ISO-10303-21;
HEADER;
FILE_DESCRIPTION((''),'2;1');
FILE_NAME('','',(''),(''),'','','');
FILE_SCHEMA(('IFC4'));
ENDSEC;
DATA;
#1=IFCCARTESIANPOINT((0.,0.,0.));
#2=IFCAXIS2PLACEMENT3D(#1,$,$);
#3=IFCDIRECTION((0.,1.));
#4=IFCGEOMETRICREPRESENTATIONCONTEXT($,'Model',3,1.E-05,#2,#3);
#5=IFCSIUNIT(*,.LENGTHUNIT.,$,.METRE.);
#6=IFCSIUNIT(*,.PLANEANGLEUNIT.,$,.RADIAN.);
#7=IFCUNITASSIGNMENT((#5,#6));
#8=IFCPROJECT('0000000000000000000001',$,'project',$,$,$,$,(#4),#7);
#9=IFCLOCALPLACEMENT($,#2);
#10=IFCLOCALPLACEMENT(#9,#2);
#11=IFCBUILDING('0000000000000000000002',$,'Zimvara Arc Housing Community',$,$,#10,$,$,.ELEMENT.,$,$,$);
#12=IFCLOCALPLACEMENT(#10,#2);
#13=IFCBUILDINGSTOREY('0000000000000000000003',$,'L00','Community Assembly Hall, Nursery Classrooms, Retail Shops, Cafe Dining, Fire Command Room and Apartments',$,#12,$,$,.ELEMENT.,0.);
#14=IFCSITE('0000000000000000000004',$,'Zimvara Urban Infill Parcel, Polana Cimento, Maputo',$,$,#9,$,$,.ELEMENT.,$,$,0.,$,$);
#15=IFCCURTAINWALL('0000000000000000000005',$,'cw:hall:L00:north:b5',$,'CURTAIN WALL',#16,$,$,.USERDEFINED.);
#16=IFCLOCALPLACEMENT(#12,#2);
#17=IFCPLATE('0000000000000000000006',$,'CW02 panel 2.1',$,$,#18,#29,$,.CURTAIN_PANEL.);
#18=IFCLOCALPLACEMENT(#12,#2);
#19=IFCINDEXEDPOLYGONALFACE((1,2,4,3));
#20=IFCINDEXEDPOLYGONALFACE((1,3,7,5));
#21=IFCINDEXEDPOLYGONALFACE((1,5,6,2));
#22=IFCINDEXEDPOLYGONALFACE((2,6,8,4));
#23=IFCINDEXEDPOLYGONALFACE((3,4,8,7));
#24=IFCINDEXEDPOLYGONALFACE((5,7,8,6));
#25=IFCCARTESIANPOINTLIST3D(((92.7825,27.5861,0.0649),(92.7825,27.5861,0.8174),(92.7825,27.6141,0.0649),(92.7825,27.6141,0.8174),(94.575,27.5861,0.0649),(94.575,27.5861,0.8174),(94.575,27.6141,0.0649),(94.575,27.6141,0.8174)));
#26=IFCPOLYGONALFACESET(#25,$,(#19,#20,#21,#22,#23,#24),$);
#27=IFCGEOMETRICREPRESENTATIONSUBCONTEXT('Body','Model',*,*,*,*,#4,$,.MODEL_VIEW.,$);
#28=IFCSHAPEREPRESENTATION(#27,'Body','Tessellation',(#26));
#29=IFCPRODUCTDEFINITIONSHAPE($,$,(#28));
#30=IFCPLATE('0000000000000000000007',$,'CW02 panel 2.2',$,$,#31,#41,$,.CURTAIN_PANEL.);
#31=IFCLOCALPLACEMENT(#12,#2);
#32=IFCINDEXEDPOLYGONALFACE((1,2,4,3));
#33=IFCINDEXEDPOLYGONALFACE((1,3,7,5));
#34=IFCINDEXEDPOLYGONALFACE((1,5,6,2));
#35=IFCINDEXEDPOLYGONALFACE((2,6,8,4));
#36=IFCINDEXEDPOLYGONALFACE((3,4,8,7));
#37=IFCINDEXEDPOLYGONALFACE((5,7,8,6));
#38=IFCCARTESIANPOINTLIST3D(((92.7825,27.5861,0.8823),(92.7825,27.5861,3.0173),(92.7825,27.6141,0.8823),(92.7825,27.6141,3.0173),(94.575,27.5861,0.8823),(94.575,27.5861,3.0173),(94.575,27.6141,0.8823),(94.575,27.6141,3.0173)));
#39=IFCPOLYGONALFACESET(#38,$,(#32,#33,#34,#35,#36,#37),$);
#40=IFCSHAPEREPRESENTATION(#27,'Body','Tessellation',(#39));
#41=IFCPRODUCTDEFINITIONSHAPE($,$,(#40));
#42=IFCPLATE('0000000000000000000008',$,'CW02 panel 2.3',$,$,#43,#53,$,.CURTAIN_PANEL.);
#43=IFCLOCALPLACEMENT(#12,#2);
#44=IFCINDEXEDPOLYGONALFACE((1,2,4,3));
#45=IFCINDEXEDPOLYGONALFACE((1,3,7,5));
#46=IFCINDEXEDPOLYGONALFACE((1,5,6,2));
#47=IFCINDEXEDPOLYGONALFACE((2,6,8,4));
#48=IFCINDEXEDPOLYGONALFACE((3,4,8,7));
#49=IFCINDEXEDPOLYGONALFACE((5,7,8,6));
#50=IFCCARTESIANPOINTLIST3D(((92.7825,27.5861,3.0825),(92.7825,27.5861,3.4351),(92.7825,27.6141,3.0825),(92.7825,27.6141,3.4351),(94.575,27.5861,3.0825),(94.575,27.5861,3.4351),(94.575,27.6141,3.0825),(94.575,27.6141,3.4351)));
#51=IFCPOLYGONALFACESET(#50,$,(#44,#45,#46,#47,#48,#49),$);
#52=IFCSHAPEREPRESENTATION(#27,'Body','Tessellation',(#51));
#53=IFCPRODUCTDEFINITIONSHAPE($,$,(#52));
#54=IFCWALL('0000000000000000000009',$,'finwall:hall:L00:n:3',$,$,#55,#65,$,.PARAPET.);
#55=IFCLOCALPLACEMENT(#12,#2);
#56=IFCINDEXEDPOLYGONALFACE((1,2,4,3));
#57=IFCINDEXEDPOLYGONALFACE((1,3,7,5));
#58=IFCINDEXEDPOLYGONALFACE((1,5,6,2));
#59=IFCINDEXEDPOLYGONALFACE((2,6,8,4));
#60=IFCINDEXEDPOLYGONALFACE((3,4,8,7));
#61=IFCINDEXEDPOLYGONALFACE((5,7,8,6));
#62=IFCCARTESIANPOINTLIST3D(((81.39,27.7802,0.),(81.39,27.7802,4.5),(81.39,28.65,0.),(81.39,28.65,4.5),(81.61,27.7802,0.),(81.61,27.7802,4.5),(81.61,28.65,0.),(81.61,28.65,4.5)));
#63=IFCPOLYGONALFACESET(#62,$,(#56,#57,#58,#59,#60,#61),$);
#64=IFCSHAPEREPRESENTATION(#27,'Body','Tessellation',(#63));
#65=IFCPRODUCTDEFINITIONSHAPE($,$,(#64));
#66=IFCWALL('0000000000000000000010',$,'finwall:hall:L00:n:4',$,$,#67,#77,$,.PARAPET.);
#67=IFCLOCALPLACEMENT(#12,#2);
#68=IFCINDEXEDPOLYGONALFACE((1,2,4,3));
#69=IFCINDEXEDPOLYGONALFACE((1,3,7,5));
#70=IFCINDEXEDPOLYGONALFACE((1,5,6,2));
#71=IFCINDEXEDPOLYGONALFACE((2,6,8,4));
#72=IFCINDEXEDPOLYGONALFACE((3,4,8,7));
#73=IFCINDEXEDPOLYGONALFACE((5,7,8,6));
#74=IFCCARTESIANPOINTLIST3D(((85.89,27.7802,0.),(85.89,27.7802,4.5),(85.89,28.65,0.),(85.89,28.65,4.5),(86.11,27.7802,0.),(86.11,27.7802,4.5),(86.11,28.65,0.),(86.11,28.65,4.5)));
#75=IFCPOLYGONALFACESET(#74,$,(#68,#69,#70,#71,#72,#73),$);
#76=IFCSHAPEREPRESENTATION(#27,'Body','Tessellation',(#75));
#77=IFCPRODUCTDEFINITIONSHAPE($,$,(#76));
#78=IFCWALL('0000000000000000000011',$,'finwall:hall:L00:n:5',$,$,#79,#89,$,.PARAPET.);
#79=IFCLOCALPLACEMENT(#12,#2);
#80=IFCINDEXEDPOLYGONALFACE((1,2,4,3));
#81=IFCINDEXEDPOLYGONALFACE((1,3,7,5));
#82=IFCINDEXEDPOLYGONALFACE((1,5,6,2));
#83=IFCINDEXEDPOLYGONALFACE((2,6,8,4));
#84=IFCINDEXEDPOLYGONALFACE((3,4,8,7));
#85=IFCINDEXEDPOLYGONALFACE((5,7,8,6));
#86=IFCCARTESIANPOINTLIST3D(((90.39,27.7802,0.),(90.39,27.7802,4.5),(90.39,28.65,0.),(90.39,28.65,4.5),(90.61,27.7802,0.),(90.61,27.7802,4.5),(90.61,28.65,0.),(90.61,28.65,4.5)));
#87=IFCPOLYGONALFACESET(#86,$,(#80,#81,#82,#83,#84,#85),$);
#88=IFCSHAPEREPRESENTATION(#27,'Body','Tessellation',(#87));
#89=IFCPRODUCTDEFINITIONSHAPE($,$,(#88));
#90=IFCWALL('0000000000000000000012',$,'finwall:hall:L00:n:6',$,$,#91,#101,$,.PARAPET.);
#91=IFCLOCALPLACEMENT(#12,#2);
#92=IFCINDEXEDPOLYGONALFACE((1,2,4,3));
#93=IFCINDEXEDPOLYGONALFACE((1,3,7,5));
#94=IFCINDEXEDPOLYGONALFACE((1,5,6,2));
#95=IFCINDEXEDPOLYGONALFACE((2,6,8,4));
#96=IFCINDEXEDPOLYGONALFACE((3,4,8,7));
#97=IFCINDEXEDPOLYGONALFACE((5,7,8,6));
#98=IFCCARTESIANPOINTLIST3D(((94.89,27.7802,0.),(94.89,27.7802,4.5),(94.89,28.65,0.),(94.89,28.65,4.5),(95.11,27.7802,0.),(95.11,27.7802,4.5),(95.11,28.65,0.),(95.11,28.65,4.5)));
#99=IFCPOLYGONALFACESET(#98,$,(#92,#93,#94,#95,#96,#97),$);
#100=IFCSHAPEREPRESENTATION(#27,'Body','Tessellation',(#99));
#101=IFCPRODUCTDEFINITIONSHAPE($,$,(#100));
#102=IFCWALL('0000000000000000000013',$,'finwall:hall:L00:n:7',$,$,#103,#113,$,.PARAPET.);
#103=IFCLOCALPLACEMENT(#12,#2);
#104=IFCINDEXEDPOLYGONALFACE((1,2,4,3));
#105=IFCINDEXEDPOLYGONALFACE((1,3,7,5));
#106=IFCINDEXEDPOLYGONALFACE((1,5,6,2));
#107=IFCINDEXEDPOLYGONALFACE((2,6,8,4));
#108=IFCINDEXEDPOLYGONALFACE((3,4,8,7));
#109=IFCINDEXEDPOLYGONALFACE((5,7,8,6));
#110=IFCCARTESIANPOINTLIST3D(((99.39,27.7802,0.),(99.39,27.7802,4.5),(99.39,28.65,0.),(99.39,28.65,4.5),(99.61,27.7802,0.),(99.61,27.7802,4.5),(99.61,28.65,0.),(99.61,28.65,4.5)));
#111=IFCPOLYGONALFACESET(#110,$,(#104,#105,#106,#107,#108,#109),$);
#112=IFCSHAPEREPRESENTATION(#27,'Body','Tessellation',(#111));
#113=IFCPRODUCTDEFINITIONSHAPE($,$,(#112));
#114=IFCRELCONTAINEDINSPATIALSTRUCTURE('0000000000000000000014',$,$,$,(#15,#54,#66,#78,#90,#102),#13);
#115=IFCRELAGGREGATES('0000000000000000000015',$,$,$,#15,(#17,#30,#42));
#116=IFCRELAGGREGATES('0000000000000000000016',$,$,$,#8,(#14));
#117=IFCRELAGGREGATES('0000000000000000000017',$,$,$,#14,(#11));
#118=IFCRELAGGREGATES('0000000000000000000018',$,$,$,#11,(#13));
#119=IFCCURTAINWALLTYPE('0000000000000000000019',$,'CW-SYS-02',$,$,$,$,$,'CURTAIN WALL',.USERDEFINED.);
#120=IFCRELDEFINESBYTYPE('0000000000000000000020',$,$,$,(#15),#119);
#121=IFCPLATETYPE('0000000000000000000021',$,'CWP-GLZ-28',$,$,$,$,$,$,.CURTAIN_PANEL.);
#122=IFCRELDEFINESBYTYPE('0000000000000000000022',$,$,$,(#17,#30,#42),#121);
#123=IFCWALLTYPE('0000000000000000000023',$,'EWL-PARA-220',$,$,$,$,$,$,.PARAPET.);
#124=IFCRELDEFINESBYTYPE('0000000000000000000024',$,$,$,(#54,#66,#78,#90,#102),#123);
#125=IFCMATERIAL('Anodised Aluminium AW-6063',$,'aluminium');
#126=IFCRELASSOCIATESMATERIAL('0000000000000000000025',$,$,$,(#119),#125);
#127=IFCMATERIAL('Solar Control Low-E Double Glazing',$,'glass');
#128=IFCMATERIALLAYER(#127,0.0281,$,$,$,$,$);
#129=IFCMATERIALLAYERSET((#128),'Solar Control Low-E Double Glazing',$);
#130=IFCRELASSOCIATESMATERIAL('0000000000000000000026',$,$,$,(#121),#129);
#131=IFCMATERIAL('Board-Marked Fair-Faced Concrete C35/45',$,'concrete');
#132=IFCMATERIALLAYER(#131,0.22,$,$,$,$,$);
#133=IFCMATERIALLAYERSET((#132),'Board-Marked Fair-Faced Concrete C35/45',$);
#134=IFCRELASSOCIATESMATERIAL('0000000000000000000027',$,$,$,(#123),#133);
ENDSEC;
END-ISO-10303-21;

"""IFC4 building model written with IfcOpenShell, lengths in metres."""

from ifc_helpers import new_model, si_unit, direction, frame, frame_2d, origin, origin_2d, place, context, subcontext, project, spatial, rectangle, extrude, material, layer, layer_set, type_object, element, aggregate, save


model = new_model("IFC4")

# Units and contexts
model_context = context("Model", 3, precision=1e-05, world=origin(), true_north=direction((0.0, 1.0)))
body_context = subcontext(model_context, "Body", "Model", "MODEL_VIEW")
ifc_project = project(units=[si_unit("LENGTHUNIT", "METRE"), si_unit("PLANEANGLEUNIT", "RADIAN")], contexts=[model_context])

# Site, building, storey
site_placement = place(None, origin())
site = spatial("IfcSite", under=ifc_project, at=site_placement, Name="Zimvara Urban Infill Parcel, Polana Cimento, Maputo", CompositionType="ELEMENT", RefElevation=0.0)
building_placement = place(site_placement, origin())
building = spatial("IfcBuilding", under=site, at=building_placement, Name="Zimvara Arc Housing Community", CompositionType="ELEMENT")
storey_placement = place(building_placement, origin())
storey = spatial("IfcBuildingStorey", under=building, at=storey_placement, Name="L00", Description="Community Assembly Hall, Nursery Classrooms, Retail Shops, Cafe Dining, Fire Command Room and Apartments", CompositionType="ELEMENT", Elevation=0.0)

# Curtain wall, plates
ifc_material_1 = material(Name="Anodised Aluminium AW-6063", Category="aluminium")
curtain_wall_type = type_object("IfcCurtainWallType", Name="CW-SYS-02", ElementType="CURTAIN WALL", PredefinedType="USERDEFINED", material=ifc_material_1)
curtain_wall_placement = place(storey_placement, origin())
curtain_wall = element("IfcCurtainWall", 1, at=curtain_wall_placement, inside=storey, type_object=curtain_wall_type, Name="cw:hall:L00:north:b5", ObjectType="CURTAIN WALL", PredefinedType="USERDEFINED")
ifc_material_2 = material(Name="Solar Control Low-E Double Glazing", Category="glass")
ifc_layer_1 = layer(ifc_material_2, 0.0281)
ifc_layer_set_1 = layer_set([ifc_layer_1], Name="Solar Control Low-E Double Glazing")
plate_type = type_object("IfcPlateType", Name="CWP-GLZ-28", PredefinedType="CURTAIN_PANEL", material=ifc_layer_set_1)
plate_1_placement = place(storey_placement, frame((93.6787, 27.6001, 0.0649), z_axis=(0.0, 0.0, 1.0), x_axis=(1.0, 0.0, 0.0)))
plate_1 = element("IfcPlate", 2, at=plate_1_placement, type_object=plate_type, Name="CW02 panel 2.1", PredefinedType="CURTAIN_PANEL", context=body_context, shape_type="SweptSolid", body=[
    extrude(rectangle(XDim=1.7925, YDim=0.0281, at=origin_2d()), origin(), (0.0, 0.0, 1.0), 0.7524),
])
plate_2_placement = place(storey_placement, frame((93.6787, 27.6001, 0.8823), z_axis=(0.0, 0.0, 1.0), x_axis=(1.0, 0.0, 0.0)))
plate_2 = element("IfcPlate", 3, at=plate_2_placement, type_object=plate_type, Name="CW02 panel 2.2", PredefinedType="CURTAIN_PANEL", context=body_context, shape_type="SweptSolid", body=[
    extrude(rectangle(XDim=1.7925, YDim=0.0281, at=origin_2d()), origin(), (0.0, 0.0, 1.0), 2.135),
])
plate_3_placement = place(storey_placement, frame((93.6787, 27.6001, 3.0825), z_axis=(0.0, 0.0, 1.0), x_axis=(1.0, 0.0, 0.0)))
plate_3 = element("IfcPlate", 4, at=plate_3_placement, type_object=plate_type, Name="CW02 panel 2.3", PredefinedType="CURTAIN_PANEL", context=body_context, shape_type="SweptSolid", body=[
    extrude(rectangle(XDim=1.7925, YDim=0.0281, at=origin_2d()), origin(), (0.0, 0.0, 1.0), 0.3525),
])
aggregate(curtain_wall, [plate_1, plate_2, plate_3])

# Walls
ifc_material_3 = material(Name="Board-Marked Fair-Faced Concrete C35/45", Category="concrete")
ifc_layer_2 = layer(ifc_material_3, 0.22)
ifc_layer_set_2 = layer_set([ifc_layer_2], Name="Board-Marked Fair-Faced Concrete C35/45")
wall_type_1 = type_object("IfcWallType", Name="EWL-PARA-220", PredefinedType="PARAPET", material=ifc_layer_set_2)
for number, where, z_axis, x_axis, name in (
    (5, (81.5, 27.78, 0.0), (0.0, 0.0, 1.0), (0.0, 1.0, 0.0), "finwall:hall:L00:n:3"),
    (6, (86.0, 27.78, 0.0), (0.0, 0.0, 1.0), (0.0, 1.0, 0.0), "finwall:hall:L00:n:4"),
    (7, (90.5, 27.78, 0.0), (0.0, 0.0, 1.0), (0.0, 1.0, 0.0), "finwall:hall:L00:n:5"),
    (8, (95.0, 27.78, 0.0), (0.0, 0.0, 1.0), (0.0, 1.0, 0.0), "finwall:hall:L00:n:6"),
    (9, (99.5, 27.78, 0.0), (0.0, 0.0, 1.0), (0.0, 1.0, 0.0), "finwall:hall:L00:n:7"),
):
    element("IfcWall", number, at=place(storey_placement, frame(where, z_axis=z_axis, x_axis=x_axis)), inside=storey, type_object=wall_type_1, Name=name, PredefinedType="PARAPET", context=body_context, shape_type="SweptSolid", body=[
        extrude(rectangle(XDim=0.8699, YDim=0.22, at=frame_2d((0.4351, 0.0))), origin(), (0.0, 0.0, 1.0), 4.5),
    ])

save(model, "model.ifc")
